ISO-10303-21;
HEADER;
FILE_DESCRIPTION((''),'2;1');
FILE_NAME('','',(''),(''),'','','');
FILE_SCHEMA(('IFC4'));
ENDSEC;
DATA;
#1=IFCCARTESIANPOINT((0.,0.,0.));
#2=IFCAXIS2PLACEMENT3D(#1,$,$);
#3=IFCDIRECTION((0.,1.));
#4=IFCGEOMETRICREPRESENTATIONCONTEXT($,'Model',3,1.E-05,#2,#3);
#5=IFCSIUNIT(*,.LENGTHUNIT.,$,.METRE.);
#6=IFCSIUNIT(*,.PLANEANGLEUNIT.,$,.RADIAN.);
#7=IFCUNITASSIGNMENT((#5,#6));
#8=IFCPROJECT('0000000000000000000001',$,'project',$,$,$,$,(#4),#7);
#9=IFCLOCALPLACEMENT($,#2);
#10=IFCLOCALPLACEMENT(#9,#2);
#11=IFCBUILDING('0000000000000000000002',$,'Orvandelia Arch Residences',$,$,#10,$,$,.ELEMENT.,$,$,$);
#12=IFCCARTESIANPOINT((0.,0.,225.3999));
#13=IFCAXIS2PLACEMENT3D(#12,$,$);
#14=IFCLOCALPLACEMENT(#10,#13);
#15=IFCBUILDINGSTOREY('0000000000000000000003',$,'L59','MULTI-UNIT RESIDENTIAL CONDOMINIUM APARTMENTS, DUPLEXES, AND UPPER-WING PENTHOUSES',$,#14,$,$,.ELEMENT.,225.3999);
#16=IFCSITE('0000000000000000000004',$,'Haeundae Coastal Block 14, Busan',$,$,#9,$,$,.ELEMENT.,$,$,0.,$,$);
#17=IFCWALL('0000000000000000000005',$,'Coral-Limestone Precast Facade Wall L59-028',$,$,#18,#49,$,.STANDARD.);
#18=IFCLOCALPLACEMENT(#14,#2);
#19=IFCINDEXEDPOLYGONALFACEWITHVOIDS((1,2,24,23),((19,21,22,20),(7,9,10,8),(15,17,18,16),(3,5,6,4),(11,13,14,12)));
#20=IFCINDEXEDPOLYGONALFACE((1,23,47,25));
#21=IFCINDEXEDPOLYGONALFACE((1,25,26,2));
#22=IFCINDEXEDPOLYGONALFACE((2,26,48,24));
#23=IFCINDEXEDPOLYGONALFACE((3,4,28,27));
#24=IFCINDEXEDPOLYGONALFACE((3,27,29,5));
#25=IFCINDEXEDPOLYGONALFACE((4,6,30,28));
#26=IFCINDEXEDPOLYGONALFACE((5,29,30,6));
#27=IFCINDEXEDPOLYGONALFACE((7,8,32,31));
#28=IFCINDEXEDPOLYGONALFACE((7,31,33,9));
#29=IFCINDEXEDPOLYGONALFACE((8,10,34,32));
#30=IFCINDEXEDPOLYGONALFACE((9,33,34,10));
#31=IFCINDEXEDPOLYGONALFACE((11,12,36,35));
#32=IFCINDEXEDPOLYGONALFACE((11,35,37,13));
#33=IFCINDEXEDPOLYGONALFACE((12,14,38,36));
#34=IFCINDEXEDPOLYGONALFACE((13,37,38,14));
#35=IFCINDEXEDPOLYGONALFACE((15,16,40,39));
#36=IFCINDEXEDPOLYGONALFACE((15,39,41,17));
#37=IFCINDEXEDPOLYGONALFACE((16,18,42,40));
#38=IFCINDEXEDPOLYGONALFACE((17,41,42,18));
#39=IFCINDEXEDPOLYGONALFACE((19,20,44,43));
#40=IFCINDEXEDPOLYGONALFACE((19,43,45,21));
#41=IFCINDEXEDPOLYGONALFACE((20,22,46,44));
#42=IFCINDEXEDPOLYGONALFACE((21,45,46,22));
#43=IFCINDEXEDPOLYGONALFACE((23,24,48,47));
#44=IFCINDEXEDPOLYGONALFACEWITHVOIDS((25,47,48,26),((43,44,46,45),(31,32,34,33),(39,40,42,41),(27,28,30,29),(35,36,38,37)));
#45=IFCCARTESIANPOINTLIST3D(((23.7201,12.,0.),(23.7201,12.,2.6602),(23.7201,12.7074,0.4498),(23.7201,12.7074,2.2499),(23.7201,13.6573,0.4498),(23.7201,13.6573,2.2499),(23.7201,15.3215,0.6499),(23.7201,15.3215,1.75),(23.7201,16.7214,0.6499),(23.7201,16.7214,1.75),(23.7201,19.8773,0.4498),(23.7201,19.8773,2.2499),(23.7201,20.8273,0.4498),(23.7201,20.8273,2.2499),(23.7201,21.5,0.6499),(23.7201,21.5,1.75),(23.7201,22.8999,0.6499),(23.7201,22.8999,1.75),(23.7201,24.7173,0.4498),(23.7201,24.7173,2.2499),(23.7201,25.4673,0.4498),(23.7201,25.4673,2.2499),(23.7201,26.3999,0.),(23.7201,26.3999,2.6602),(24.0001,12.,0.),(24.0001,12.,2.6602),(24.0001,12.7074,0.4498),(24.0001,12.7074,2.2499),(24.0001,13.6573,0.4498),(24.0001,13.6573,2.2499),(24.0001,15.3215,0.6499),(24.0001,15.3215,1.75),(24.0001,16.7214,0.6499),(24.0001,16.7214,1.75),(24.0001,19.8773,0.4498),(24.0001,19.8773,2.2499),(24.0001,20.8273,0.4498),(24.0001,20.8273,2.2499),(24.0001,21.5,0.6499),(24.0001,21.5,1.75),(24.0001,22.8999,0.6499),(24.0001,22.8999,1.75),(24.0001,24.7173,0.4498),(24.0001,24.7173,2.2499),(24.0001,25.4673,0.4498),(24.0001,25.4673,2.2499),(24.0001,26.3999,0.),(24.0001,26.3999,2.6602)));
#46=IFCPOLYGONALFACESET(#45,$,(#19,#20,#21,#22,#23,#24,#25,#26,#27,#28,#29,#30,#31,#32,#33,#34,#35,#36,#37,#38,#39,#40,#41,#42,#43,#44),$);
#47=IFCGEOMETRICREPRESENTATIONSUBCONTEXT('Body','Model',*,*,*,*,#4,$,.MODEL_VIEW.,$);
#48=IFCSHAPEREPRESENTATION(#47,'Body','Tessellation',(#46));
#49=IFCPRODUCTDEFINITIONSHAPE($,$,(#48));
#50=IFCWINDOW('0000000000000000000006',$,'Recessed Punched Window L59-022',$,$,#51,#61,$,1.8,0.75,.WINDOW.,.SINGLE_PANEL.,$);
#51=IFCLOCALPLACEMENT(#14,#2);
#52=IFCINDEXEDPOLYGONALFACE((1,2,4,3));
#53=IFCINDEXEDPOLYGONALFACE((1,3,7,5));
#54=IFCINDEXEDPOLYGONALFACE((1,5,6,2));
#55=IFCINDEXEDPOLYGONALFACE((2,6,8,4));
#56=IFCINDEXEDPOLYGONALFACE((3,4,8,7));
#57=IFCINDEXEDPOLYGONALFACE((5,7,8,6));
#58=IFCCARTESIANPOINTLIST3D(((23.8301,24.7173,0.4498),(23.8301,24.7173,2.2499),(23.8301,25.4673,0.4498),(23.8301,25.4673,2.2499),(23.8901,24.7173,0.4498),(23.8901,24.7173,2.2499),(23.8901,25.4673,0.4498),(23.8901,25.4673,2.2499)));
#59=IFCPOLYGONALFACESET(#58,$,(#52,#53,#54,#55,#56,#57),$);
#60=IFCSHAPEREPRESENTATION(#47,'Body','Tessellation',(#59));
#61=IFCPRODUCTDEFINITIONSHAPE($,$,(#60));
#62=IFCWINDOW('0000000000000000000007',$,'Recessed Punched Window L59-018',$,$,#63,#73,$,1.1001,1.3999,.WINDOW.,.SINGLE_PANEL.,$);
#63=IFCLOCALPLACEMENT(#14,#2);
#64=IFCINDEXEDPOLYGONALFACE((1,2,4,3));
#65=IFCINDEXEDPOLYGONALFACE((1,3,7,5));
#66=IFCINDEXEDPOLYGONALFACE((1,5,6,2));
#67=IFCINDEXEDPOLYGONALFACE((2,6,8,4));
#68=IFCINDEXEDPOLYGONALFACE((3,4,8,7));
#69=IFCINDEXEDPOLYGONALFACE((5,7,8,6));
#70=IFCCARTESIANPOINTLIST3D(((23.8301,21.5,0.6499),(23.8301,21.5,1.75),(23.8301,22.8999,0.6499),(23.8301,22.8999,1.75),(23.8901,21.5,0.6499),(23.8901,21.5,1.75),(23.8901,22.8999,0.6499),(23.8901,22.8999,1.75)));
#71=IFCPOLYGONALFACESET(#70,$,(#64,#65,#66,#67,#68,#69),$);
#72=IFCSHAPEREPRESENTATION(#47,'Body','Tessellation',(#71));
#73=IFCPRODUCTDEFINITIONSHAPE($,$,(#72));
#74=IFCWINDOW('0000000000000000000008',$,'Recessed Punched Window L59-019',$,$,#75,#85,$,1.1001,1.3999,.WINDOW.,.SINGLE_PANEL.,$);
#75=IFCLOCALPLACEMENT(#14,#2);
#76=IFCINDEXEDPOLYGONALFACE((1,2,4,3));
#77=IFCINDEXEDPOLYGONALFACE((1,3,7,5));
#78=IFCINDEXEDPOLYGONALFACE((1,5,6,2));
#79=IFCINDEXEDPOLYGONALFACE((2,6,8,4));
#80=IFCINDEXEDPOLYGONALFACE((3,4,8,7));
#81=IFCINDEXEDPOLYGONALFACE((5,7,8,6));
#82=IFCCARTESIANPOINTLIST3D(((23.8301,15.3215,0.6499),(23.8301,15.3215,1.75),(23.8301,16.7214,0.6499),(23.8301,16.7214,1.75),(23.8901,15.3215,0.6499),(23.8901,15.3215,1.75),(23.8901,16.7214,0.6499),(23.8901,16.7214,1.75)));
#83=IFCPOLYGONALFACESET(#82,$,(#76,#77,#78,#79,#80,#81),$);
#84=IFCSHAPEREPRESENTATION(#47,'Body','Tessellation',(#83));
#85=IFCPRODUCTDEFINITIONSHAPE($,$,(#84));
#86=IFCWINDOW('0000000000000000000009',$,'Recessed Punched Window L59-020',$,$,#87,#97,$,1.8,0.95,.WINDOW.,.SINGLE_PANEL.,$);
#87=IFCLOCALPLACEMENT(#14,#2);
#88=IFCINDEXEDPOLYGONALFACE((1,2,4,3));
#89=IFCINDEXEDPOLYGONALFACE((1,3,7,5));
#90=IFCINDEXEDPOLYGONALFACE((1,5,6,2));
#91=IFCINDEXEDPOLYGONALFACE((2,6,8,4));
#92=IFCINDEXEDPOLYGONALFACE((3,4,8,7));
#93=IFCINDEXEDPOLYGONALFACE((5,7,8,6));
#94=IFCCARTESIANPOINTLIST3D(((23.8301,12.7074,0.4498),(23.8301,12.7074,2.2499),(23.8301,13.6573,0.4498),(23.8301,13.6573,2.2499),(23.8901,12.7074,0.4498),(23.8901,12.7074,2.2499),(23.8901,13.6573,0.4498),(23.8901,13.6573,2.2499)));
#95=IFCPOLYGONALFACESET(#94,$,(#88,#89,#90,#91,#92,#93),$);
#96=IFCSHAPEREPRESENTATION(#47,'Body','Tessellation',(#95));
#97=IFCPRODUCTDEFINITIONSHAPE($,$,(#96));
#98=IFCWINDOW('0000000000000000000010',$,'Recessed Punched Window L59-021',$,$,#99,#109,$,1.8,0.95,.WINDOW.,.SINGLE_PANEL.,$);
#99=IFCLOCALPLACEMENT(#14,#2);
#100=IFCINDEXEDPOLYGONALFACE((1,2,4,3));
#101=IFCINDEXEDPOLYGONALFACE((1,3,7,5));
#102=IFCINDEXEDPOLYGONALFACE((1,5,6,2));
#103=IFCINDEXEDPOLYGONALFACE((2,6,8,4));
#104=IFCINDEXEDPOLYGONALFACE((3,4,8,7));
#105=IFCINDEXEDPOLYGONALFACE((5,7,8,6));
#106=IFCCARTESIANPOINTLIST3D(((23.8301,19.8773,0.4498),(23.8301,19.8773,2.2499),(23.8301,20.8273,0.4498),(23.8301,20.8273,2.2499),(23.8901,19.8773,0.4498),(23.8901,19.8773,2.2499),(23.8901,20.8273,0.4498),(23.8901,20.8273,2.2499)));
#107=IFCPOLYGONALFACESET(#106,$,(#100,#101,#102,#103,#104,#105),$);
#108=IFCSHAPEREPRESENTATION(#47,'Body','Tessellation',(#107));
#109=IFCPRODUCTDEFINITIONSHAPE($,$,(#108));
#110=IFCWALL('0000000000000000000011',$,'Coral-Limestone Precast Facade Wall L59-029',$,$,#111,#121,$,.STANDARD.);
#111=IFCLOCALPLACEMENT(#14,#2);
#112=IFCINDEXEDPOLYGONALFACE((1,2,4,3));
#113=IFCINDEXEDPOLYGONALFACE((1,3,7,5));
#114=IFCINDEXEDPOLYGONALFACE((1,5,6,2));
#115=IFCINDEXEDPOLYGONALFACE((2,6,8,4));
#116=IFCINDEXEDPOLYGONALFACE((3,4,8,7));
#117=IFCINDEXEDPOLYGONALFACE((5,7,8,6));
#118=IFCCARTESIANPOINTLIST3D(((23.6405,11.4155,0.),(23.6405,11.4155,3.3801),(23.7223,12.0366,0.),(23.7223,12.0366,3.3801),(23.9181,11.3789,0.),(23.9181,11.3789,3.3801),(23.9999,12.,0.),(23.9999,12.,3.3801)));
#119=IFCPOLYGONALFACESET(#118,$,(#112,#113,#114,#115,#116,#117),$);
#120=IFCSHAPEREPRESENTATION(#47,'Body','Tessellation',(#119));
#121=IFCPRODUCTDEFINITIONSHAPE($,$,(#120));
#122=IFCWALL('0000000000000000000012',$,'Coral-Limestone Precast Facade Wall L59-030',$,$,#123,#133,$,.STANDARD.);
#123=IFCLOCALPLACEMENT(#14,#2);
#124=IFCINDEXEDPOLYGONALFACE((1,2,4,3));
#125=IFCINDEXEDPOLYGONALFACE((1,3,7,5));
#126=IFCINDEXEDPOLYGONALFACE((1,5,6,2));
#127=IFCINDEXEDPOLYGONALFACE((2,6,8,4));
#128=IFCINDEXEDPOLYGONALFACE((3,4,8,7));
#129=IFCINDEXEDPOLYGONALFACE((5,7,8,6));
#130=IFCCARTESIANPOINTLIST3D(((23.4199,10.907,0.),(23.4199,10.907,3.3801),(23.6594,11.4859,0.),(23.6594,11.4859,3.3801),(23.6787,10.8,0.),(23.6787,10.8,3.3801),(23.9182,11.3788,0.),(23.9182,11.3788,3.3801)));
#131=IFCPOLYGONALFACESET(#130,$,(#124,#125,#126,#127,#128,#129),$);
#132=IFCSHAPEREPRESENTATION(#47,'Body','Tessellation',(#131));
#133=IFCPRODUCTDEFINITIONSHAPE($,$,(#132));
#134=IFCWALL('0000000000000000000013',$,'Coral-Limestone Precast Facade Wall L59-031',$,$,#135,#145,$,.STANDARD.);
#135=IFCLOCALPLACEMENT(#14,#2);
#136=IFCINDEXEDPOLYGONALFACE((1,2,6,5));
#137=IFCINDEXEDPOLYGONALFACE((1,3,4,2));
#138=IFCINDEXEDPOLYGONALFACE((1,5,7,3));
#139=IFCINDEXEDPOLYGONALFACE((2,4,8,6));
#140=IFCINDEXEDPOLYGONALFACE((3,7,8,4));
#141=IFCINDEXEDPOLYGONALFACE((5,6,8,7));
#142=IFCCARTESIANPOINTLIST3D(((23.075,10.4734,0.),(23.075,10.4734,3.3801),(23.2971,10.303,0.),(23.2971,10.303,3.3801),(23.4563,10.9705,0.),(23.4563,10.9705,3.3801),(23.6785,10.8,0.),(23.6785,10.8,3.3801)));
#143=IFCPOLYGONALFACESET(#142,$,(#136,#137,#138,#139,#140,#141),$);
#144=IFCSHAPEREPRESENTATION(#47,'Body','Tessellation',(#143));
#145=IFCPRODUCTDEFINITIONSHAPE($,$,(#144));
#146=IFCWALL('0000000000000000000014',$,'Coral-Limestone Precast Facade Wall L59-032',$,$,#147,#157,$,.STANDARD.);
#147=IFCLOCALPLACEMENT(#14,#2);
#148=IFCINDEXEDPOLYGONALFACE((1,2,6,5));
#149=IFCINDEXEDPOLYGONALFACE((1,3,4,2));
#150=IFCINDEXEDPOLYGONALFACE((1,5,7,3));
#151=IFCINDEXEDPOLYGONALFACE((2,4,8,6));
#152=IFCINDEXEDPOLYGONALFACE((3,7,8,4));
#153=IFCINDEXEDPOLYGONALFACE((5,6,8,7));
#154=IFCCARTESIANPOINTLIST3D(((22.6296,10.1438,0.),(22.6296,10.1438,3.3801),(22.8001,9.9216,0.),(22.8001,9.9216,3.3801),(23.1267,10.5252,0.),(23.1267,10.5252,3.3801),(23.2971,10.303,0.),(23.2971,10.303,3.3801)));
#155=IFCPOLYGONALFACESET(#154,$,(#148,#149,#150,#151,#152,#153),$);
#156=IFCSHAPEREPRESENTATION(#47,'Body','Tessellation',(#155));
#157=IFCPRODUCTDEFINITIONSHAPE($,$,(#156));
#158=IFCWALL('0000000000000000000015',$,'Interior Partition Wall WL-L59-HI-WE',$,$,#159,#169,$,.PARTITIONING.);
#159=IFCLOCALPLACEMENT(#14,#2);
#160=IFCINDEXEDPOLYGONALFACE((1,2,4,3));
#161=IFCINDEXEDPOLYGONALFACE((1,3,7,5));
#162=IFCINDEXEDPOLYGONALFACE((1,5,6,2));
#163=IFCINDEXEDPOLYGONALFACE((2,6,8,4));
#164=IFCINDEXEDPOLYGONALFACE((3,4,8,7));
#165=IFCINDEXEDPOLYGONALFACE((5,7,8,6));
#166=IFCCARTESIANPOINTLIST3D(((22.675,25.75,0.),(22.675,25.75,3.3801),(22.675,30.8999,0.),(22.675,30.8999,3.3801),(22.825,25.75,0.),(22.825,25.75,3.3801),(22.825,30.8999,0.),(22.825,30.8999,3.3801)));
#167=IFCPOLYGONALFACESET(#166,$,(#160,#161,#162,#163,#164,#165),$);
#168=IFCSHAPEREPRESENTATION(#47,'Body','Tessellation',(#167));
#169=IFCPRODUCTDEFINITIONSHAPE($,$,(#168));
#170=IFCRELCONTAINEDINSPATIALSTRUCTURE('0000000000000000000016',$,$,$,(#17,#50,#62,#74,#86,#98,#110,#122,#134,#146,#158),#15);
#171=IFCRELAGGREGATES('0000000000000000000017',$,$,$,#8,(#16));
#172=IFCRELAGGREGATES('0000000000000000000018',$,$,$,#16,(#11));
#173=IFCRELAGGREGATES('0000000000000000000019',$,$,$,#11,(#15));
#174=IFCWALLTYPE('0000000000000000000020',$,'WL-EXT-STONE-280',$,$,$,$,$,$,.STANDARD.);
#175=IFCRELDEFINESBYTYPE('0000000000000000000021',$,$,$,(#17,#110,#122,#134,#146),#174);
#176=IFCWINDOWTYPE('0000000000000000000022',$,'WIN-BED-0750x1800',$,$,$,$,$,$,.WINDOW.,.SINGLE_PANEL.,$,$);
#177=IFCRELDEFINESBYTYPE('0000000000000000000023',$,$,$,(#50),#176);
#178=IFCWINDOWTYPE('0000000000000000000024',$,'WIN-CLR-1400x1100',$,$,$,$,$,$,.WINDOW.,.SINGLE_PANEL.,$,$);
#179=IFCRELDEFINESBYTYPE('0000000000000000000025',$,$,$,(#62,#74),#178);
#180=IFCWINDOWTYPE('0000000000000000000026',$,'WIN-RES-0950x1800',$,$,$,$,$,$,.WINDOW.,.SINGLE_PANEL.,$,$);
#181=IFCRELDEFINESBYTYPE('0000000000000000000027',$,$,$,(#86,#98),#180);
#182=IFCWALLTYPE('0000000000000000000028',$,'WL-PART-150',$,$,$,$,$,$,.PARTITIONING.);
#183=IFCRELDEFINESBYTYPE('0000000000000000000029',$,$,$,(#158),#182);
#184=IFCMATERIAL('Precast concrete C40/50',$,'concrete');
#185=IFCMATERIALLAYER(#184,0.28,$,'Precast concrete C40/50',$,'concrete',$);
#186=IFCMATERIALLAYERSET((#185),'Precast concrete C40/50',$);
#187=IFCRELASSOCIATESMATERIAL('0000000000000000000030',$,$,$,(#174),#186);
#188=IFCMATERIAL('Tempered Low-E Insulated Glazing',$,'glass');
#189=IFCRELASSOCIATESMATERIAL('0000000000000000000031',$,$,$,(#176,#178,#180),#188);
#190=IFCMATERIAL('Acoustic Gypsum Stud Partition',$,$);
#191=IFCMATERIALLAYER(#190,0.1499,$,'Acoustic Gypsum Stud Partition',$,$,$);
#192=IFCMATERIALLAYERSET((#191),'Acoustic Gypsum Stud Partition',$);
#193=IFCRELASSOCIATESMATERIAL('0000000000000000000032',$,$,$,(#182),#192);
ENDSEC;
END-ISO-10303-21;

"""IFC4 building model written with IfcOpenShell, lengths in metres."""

from ifc_helpers import new_model, si_unit, direction, frame, frame_2d, origin, place, context, subcontext, project, spatial, rectangle, extrude, material, layer, layer_set, type_object, element, fill, save


model = new_model("IFC4")

# Units and contexts
model_context = context("Model", 3, precision=1e-05, world=origin(), true_north=direction((0.0, 1.0)))
body_context = subcontext(model_context, "Body", "Model", "MODEL_VIEW")
ifc_project = project(units=[si_unit("LENGTHUNIT", "METRE"), si_unit("PLANEANGLEUNIT", "RADIAN")], contexts=[model_context])

# Site, building, storey
site_placement = place(None, origin())
site = spatial("IfcSite", under=ifc_project, at=site_placement, Name="Haeundae Coastal Block 14, Busan", CompositionType="ELEMENT", RefElevation=0.0)
building_placement = place(site_placement, origin())
building = spatial("IfcBuilding", under=site, at=building_placement, Name="Orvandelia Arch Residences", CompositionType="ELEMENT")
storey_placement = place(building_placement, frame((0.0, 0.0, 225.3999)))
storey = spatial("IfcBuildingStorey", under=building, at=storey_placement, Name="L59", Description="MULTI-UNIT RESIDENTIAL CONDOMINIUM APARTMENTS, DUPLEXES, AND UPPER-WING PENTHOUSES", CompositionType="ELEMENT", Elevation=225.3999)

# Shared definitions
ifc_material_1 = material(Name="Precast concrete C40/50", Category="concrete")
ifc_layer_1 = layer(ifc_material_1, 0.28, Name="Precast concrete C40/50", Category="concrete")
ifc_layer_set_1 = layer_set([ifc_layer_1], Name="Precast concrete C40/50")
wall_type_1 = type_object("IfcWallType", Name="WL-EXT-STONE-280", PredefinedType="STANDARD", material=ifc_layer_set_1)

# Wall, openings, windows
wall_1_placement = place(storey_placement, frame((23.8601, 26.3999, 0.0), z_axis=(0.0, 0.0, 1.0), x_axis=(0.0, -1.0, 0.0)))
wall_1 = element("IfcWall", 1, at=wall_1_placement, inside=storey, type_object=wall_type_1, Name="Coral-Limestone Precast Facade Wall L59-028", PredefinedType="STANDARD", context=body_context, shape_type="SweptSolid", body=[
    extrude(rectangle(XDim=14.3999, YDim=0.28, at=frame_2d((7.2, 0.0))), origin(), (0.0, 0.0, 1.0), 2.6602),
])
opening_1_placement = place(wall_1_placement, frame((3.5, 0.0, 0.6499)))
opening_1 = element("IfcOpeningElement", 2, at=opening_1_placement, cuts=wall_1, PredefinedType="OPENING", context=body_context, shape_type="SweptSolid", body=[
    extrude(rectangle(XDim=1.3999, YDim=1.1001, at=frame_2d((0.7, 0.55))), frame((0.0, 0.1499, 0.0), z_axis=(0.0, -1.0, 0.0), x_axis=(1.0, 0.0, 0.0)), (0.0, 0.0, 1.0), 0.3),
])
opening_2_placement = place(wall_1_placement, frame((9.6785, 0.0, 0.6499)))
opening_2 = element("IfcOpeningElement", 3, at=opening_2_placement, cuts=wall_1, PredefinedType="OPENING", context=body_context, shape_type="SweptSolid", body=[
    extrude(rectangle(XDim=1.3999, YDim=1.1001, at=frame_2d((0.7, 0.55))), frame((0.0, 0.1499, 0.0), z_axis=(0.0, -1.0, 0.0), x_axis=(1.0, 0.0, 0.0)), (0.0, 0.0, 1.0), 0.3),
])
opening_3_placement = place(wall_1_placement, frame((12.7424, 0.0, 0.45)))
opening_3 = element("IfcOpeningElement", 4, at=opening_3_placement, cuts=wall_1, PredefinedType="OPENING", context=body_context, shape_type="SweptSolid", body=[
    extrude(rectangle(XDim=0.95, YDim=1.8, at=frame_2d((0.4751, 0.8999))), frame((0.0, 0.1499, 0.0), z_axis=(0.0, -1.0, 0.0), x_axis=(1.0, 0.0, 0.0)), (0.0, 0.0, 1.0), 0.3),
])
opening_4_placement = place(wall_1_placement, frame((5.5725, 0.0, 0.45)))
opening_4 = element("IfcOpeningElement", 5, at=opening_4_placement, cuts=wall_1, PredefinedType="OPENING", context=body_context, shape_type="SweptSolid", body=[
    extrude(rectangle(XDim=0.95, YDim=1.8, at=frame_2d((0.4751, 0.8999))), frame((0.0, 0.1499, 0.0), z_axis=(0.0, -1.0, 0.0), x_axis=(1.0, 0.0, 0.0)), (0.0, 0.0, 1.0), 0.3),
])
opening_5_placement = place(wall_1_placement, frame((0.9326, 0.0, 0.45)))
opening_5 = element("IfcOpeningElement", 6, at=opening_5_placement, cuts=wall_1, PredefinedType="OPENING", context=body_context, shape_type="SweptSolid", body=[
    extrude(rectangle(XDim=0.75, YDim=1.8, at=frame_2d((0.375, 0.8999))), frame((0.0, 0.1499, 0.0), z_axis=(0.0, -1.0, 0.0), x_axis=(1.0, 0.0, 0.0)), (0.0, 0.0, 1.0), 0.3),
])
ifc_material_2 = material(Name="Tempered Low-E Insulated Glazing", Category="glass")
window_type_1 = type_object("IfcWindowType", Name="WIN-BED-0750x1800", PartitioningType="SINGLE_PANEL", PredefinedType="WINDOW", material=ifc_material_2)
window_1_placement = place(opening_5_placement, origin())
window_1 = element("IfcWindow", 7, at=window_1_placement, inside=storey, type_object=window_type_1, Name="Recessed Punched Window L59-022", OverallHeight=1.8, OverallWidth=0.75, PartitioningType="SINGLE_PANEL", PredefinedType="WINDOW", context=body_context, shape_type="SweptSolid", body=[
    extrude(rectangle(XDim=0.75, YDim=1.8, at=frame_2d((0.375, 0.8999))), frame((0.0, 0.03, 0.0), z_axis=(0.0, -1.0, 0.0), x_axis=(1.0, 0.0, 0.0)), (0.0, 0.0, 1.0), 0.0601),
])
fill(opening_5, window_1)
window_type_2 = type_object("IfcWindowType", Name="WIN-CLR-1400x1100", PartitioningType="SINGLE_PANEL", PredefinedType="WINDOW", material=ifc_material_2)
window_2_placement = place(opening_1_placement, origin())
window_2 = element("IfcWindow", 8, at=window_2_placement, inside=storey, type_object=window_type_2, Name="Recessed Punched Window L59-018", OverallHeight=1.1001, OverallWidth=1.3999, PartitioningType="SINGLE_PANEL", PredefinedType="WINDOW", context=body_context, shape_type="SweptSolid", body=[
    extrude(rectangle(XDim=1.3999, YDim=1.1001, at=frame_2d((0.7, 0.55))), frame((0.0, 0.03, 0.0), z_axis=(0.0, -1.0, 0.0), x_axis=(1.0, 0.0, 0.0)), (0.0, 0.0, 1.0), 0.0601),
])
fill(opening_1, window_2)
window_3_placement = place(opening_2_placement, origin())
window_3 = element("IfcWindow", 9, at=window_3_placement, inside=storey, type_object=window_type_2, Name="Recessed Punched Window L59-019", OverallHeight=1.1001, OverallWidth=1.3999, PartitioningType="SINGLE_PANEL", PredefinedType="WINDOW", context=body_context, shape_type="SweptSolid", body=[
    extrude(rectangle(XDim=1.3999, YDim=1.1001, at=frame_2d((0.7, 0.55))), frame((0.0, 0.03, 0.0), z_axis=(0.0, -1.0, 0.0), x_axis=(1.0, 0.0, 0.0)), (0.0, 0.0, 1.0), 0.0601),
])
fill(opening_2, window_3)
window_type_3 = type_object("IfcWindowType", Name="WIN-RES-0950x1800", PartitioningType="SINGLE_PANEL", PredefinedType="WINDOW", material=ifc_material_2)
window_4_placement = place(opening_3_placement, origin())
window_4 = element("IfcWindow", 10, at=window_4_placement, inside=storey, type_object=window_type_3, Name="Recessed Punched Window L59-020", OverallHeight=1.8, OverallWidth=0.95, PartitioningType="SINGLE_PANEL", PredefinedType="WINDOW", context=body_context, shape_type="SweptSolid", body=[
    extrude(rectangle(XDim=0.95, YDim=1.8, at=frame_2d((0.4751, 0.8999))), frame((0.0, 0.03, 0.0), z_axis=(0.0, -1.0, 0.0), x_axis=(1.0, 0.0, 0.0)), (0.0, 0.0, 1.0), 0.0601),
])
fill(opening_3, window_4)
window_5_placement = place(opening_4_placement, origin())
window_5 = element("IfcWindow", 11, at=window_5_placement, inside=storey, type_object=window_type_3, Name="Recessed Punched Window L59-021", OverallHeight=1.8, OverallWidth=0.95, PartitioningType="SINGLE_PANEL", PredefinedType="WINDOW", context=body_context, shape_type="SweptSolid", body=[
    extrude(rectangle(XDim=0.95, YDim=1.8, at=frame_2d((0.4751, 0.8999))), frame((0.0, 0.03, 0.0), z_axis=(0.0, -1.0, 0.0), x_axis=(1.0, 0.0, 0.0)), (0.0, 0.0, 1.0), 0.0601),
])
fill(opening_4, window_5)

# Walls
for number, where, z_axis, x_axis, name in (
    (12, (23.8611, 12.0183, 0.0), (0.0, 0.0, 1.0), (-0.130555, -0.991441, 0.0), "Coral-Limestone Precast Facade Wall L59-029"),
    (13, (23.7888, 11.4324, 0.0), (0.0, 0.0, 1.0), (-0.382317, -0.924031, 0.0), "Coral-Limestone Precast Facade Wall L59-030"),
    (14, (23.5674, 10.8853, 0.0), (0.0, 0.0, 1.0), (-0.608693, -0.793406, 0.0), "Coral-Limestone Precast Facade Wall L59-031"),
    (15, (23.2119, 10.4141, 0.0), (0.0, 0.0, 1.0), (-0.793406, -0.608693, 0.0), "Coral-Limestone Precast Facade Wall L59-032"),
):
    element("IfcWall", number, at=place(storey_placement, frame(where, z_axis=z_axis, x_axis=x_axis)), inside=storey, type_object=wall_type_1, Name=name, PredefinedType="STANDARD", context=body_context, shape_type="SweptSolid", body=[
        extrude(rectangle(XDim=0.6265, YDim=0.28, at=frame_2d((0.3132, 0.0))), origin(), (0.0, 0.0, 1.0), 3.3801),
    ])
ifc_material_3 = material(Name="Acoustic Gypsum Stud Partition")
ifc_layer_2 = layer(ifc_material_3, 0.1499, Name="Acoustic Gypsum Stud Partition")
ifc_layer_set_2 = layer_set([ifc_layer_2], Name="Acoustic Gypsum Stud Partition")
wall_type_2 = type_object("IfcWallType", Name="WL-PART-150", PredefinedType="PARTITIONING", material=ifc_layer_set_2)
wall_2_placement = place(storey_placement, frame((22.75, 25.75, 0.0), z_axis=(0.0, 0.0, 1.0), x_axis=(0.0, 1.0, 0.0)))
element("IfcWall", 16, at=wall_2_placement, inside=storey, type_object=wall_type_2, Name="Interior Partition Wall WL-L59-HI-WE", PredefinedType="PARTITIONING", context=body_context, shape_type="SweptSolid", body=[
    extrude(rectangle(XDim=5.1499, YDim=0.1499, at=frame_2d((2.575, 0.0))), origin(), (0.0, 0.0, 1.0), 3.3801),
])

save(model, "model.ifc")
